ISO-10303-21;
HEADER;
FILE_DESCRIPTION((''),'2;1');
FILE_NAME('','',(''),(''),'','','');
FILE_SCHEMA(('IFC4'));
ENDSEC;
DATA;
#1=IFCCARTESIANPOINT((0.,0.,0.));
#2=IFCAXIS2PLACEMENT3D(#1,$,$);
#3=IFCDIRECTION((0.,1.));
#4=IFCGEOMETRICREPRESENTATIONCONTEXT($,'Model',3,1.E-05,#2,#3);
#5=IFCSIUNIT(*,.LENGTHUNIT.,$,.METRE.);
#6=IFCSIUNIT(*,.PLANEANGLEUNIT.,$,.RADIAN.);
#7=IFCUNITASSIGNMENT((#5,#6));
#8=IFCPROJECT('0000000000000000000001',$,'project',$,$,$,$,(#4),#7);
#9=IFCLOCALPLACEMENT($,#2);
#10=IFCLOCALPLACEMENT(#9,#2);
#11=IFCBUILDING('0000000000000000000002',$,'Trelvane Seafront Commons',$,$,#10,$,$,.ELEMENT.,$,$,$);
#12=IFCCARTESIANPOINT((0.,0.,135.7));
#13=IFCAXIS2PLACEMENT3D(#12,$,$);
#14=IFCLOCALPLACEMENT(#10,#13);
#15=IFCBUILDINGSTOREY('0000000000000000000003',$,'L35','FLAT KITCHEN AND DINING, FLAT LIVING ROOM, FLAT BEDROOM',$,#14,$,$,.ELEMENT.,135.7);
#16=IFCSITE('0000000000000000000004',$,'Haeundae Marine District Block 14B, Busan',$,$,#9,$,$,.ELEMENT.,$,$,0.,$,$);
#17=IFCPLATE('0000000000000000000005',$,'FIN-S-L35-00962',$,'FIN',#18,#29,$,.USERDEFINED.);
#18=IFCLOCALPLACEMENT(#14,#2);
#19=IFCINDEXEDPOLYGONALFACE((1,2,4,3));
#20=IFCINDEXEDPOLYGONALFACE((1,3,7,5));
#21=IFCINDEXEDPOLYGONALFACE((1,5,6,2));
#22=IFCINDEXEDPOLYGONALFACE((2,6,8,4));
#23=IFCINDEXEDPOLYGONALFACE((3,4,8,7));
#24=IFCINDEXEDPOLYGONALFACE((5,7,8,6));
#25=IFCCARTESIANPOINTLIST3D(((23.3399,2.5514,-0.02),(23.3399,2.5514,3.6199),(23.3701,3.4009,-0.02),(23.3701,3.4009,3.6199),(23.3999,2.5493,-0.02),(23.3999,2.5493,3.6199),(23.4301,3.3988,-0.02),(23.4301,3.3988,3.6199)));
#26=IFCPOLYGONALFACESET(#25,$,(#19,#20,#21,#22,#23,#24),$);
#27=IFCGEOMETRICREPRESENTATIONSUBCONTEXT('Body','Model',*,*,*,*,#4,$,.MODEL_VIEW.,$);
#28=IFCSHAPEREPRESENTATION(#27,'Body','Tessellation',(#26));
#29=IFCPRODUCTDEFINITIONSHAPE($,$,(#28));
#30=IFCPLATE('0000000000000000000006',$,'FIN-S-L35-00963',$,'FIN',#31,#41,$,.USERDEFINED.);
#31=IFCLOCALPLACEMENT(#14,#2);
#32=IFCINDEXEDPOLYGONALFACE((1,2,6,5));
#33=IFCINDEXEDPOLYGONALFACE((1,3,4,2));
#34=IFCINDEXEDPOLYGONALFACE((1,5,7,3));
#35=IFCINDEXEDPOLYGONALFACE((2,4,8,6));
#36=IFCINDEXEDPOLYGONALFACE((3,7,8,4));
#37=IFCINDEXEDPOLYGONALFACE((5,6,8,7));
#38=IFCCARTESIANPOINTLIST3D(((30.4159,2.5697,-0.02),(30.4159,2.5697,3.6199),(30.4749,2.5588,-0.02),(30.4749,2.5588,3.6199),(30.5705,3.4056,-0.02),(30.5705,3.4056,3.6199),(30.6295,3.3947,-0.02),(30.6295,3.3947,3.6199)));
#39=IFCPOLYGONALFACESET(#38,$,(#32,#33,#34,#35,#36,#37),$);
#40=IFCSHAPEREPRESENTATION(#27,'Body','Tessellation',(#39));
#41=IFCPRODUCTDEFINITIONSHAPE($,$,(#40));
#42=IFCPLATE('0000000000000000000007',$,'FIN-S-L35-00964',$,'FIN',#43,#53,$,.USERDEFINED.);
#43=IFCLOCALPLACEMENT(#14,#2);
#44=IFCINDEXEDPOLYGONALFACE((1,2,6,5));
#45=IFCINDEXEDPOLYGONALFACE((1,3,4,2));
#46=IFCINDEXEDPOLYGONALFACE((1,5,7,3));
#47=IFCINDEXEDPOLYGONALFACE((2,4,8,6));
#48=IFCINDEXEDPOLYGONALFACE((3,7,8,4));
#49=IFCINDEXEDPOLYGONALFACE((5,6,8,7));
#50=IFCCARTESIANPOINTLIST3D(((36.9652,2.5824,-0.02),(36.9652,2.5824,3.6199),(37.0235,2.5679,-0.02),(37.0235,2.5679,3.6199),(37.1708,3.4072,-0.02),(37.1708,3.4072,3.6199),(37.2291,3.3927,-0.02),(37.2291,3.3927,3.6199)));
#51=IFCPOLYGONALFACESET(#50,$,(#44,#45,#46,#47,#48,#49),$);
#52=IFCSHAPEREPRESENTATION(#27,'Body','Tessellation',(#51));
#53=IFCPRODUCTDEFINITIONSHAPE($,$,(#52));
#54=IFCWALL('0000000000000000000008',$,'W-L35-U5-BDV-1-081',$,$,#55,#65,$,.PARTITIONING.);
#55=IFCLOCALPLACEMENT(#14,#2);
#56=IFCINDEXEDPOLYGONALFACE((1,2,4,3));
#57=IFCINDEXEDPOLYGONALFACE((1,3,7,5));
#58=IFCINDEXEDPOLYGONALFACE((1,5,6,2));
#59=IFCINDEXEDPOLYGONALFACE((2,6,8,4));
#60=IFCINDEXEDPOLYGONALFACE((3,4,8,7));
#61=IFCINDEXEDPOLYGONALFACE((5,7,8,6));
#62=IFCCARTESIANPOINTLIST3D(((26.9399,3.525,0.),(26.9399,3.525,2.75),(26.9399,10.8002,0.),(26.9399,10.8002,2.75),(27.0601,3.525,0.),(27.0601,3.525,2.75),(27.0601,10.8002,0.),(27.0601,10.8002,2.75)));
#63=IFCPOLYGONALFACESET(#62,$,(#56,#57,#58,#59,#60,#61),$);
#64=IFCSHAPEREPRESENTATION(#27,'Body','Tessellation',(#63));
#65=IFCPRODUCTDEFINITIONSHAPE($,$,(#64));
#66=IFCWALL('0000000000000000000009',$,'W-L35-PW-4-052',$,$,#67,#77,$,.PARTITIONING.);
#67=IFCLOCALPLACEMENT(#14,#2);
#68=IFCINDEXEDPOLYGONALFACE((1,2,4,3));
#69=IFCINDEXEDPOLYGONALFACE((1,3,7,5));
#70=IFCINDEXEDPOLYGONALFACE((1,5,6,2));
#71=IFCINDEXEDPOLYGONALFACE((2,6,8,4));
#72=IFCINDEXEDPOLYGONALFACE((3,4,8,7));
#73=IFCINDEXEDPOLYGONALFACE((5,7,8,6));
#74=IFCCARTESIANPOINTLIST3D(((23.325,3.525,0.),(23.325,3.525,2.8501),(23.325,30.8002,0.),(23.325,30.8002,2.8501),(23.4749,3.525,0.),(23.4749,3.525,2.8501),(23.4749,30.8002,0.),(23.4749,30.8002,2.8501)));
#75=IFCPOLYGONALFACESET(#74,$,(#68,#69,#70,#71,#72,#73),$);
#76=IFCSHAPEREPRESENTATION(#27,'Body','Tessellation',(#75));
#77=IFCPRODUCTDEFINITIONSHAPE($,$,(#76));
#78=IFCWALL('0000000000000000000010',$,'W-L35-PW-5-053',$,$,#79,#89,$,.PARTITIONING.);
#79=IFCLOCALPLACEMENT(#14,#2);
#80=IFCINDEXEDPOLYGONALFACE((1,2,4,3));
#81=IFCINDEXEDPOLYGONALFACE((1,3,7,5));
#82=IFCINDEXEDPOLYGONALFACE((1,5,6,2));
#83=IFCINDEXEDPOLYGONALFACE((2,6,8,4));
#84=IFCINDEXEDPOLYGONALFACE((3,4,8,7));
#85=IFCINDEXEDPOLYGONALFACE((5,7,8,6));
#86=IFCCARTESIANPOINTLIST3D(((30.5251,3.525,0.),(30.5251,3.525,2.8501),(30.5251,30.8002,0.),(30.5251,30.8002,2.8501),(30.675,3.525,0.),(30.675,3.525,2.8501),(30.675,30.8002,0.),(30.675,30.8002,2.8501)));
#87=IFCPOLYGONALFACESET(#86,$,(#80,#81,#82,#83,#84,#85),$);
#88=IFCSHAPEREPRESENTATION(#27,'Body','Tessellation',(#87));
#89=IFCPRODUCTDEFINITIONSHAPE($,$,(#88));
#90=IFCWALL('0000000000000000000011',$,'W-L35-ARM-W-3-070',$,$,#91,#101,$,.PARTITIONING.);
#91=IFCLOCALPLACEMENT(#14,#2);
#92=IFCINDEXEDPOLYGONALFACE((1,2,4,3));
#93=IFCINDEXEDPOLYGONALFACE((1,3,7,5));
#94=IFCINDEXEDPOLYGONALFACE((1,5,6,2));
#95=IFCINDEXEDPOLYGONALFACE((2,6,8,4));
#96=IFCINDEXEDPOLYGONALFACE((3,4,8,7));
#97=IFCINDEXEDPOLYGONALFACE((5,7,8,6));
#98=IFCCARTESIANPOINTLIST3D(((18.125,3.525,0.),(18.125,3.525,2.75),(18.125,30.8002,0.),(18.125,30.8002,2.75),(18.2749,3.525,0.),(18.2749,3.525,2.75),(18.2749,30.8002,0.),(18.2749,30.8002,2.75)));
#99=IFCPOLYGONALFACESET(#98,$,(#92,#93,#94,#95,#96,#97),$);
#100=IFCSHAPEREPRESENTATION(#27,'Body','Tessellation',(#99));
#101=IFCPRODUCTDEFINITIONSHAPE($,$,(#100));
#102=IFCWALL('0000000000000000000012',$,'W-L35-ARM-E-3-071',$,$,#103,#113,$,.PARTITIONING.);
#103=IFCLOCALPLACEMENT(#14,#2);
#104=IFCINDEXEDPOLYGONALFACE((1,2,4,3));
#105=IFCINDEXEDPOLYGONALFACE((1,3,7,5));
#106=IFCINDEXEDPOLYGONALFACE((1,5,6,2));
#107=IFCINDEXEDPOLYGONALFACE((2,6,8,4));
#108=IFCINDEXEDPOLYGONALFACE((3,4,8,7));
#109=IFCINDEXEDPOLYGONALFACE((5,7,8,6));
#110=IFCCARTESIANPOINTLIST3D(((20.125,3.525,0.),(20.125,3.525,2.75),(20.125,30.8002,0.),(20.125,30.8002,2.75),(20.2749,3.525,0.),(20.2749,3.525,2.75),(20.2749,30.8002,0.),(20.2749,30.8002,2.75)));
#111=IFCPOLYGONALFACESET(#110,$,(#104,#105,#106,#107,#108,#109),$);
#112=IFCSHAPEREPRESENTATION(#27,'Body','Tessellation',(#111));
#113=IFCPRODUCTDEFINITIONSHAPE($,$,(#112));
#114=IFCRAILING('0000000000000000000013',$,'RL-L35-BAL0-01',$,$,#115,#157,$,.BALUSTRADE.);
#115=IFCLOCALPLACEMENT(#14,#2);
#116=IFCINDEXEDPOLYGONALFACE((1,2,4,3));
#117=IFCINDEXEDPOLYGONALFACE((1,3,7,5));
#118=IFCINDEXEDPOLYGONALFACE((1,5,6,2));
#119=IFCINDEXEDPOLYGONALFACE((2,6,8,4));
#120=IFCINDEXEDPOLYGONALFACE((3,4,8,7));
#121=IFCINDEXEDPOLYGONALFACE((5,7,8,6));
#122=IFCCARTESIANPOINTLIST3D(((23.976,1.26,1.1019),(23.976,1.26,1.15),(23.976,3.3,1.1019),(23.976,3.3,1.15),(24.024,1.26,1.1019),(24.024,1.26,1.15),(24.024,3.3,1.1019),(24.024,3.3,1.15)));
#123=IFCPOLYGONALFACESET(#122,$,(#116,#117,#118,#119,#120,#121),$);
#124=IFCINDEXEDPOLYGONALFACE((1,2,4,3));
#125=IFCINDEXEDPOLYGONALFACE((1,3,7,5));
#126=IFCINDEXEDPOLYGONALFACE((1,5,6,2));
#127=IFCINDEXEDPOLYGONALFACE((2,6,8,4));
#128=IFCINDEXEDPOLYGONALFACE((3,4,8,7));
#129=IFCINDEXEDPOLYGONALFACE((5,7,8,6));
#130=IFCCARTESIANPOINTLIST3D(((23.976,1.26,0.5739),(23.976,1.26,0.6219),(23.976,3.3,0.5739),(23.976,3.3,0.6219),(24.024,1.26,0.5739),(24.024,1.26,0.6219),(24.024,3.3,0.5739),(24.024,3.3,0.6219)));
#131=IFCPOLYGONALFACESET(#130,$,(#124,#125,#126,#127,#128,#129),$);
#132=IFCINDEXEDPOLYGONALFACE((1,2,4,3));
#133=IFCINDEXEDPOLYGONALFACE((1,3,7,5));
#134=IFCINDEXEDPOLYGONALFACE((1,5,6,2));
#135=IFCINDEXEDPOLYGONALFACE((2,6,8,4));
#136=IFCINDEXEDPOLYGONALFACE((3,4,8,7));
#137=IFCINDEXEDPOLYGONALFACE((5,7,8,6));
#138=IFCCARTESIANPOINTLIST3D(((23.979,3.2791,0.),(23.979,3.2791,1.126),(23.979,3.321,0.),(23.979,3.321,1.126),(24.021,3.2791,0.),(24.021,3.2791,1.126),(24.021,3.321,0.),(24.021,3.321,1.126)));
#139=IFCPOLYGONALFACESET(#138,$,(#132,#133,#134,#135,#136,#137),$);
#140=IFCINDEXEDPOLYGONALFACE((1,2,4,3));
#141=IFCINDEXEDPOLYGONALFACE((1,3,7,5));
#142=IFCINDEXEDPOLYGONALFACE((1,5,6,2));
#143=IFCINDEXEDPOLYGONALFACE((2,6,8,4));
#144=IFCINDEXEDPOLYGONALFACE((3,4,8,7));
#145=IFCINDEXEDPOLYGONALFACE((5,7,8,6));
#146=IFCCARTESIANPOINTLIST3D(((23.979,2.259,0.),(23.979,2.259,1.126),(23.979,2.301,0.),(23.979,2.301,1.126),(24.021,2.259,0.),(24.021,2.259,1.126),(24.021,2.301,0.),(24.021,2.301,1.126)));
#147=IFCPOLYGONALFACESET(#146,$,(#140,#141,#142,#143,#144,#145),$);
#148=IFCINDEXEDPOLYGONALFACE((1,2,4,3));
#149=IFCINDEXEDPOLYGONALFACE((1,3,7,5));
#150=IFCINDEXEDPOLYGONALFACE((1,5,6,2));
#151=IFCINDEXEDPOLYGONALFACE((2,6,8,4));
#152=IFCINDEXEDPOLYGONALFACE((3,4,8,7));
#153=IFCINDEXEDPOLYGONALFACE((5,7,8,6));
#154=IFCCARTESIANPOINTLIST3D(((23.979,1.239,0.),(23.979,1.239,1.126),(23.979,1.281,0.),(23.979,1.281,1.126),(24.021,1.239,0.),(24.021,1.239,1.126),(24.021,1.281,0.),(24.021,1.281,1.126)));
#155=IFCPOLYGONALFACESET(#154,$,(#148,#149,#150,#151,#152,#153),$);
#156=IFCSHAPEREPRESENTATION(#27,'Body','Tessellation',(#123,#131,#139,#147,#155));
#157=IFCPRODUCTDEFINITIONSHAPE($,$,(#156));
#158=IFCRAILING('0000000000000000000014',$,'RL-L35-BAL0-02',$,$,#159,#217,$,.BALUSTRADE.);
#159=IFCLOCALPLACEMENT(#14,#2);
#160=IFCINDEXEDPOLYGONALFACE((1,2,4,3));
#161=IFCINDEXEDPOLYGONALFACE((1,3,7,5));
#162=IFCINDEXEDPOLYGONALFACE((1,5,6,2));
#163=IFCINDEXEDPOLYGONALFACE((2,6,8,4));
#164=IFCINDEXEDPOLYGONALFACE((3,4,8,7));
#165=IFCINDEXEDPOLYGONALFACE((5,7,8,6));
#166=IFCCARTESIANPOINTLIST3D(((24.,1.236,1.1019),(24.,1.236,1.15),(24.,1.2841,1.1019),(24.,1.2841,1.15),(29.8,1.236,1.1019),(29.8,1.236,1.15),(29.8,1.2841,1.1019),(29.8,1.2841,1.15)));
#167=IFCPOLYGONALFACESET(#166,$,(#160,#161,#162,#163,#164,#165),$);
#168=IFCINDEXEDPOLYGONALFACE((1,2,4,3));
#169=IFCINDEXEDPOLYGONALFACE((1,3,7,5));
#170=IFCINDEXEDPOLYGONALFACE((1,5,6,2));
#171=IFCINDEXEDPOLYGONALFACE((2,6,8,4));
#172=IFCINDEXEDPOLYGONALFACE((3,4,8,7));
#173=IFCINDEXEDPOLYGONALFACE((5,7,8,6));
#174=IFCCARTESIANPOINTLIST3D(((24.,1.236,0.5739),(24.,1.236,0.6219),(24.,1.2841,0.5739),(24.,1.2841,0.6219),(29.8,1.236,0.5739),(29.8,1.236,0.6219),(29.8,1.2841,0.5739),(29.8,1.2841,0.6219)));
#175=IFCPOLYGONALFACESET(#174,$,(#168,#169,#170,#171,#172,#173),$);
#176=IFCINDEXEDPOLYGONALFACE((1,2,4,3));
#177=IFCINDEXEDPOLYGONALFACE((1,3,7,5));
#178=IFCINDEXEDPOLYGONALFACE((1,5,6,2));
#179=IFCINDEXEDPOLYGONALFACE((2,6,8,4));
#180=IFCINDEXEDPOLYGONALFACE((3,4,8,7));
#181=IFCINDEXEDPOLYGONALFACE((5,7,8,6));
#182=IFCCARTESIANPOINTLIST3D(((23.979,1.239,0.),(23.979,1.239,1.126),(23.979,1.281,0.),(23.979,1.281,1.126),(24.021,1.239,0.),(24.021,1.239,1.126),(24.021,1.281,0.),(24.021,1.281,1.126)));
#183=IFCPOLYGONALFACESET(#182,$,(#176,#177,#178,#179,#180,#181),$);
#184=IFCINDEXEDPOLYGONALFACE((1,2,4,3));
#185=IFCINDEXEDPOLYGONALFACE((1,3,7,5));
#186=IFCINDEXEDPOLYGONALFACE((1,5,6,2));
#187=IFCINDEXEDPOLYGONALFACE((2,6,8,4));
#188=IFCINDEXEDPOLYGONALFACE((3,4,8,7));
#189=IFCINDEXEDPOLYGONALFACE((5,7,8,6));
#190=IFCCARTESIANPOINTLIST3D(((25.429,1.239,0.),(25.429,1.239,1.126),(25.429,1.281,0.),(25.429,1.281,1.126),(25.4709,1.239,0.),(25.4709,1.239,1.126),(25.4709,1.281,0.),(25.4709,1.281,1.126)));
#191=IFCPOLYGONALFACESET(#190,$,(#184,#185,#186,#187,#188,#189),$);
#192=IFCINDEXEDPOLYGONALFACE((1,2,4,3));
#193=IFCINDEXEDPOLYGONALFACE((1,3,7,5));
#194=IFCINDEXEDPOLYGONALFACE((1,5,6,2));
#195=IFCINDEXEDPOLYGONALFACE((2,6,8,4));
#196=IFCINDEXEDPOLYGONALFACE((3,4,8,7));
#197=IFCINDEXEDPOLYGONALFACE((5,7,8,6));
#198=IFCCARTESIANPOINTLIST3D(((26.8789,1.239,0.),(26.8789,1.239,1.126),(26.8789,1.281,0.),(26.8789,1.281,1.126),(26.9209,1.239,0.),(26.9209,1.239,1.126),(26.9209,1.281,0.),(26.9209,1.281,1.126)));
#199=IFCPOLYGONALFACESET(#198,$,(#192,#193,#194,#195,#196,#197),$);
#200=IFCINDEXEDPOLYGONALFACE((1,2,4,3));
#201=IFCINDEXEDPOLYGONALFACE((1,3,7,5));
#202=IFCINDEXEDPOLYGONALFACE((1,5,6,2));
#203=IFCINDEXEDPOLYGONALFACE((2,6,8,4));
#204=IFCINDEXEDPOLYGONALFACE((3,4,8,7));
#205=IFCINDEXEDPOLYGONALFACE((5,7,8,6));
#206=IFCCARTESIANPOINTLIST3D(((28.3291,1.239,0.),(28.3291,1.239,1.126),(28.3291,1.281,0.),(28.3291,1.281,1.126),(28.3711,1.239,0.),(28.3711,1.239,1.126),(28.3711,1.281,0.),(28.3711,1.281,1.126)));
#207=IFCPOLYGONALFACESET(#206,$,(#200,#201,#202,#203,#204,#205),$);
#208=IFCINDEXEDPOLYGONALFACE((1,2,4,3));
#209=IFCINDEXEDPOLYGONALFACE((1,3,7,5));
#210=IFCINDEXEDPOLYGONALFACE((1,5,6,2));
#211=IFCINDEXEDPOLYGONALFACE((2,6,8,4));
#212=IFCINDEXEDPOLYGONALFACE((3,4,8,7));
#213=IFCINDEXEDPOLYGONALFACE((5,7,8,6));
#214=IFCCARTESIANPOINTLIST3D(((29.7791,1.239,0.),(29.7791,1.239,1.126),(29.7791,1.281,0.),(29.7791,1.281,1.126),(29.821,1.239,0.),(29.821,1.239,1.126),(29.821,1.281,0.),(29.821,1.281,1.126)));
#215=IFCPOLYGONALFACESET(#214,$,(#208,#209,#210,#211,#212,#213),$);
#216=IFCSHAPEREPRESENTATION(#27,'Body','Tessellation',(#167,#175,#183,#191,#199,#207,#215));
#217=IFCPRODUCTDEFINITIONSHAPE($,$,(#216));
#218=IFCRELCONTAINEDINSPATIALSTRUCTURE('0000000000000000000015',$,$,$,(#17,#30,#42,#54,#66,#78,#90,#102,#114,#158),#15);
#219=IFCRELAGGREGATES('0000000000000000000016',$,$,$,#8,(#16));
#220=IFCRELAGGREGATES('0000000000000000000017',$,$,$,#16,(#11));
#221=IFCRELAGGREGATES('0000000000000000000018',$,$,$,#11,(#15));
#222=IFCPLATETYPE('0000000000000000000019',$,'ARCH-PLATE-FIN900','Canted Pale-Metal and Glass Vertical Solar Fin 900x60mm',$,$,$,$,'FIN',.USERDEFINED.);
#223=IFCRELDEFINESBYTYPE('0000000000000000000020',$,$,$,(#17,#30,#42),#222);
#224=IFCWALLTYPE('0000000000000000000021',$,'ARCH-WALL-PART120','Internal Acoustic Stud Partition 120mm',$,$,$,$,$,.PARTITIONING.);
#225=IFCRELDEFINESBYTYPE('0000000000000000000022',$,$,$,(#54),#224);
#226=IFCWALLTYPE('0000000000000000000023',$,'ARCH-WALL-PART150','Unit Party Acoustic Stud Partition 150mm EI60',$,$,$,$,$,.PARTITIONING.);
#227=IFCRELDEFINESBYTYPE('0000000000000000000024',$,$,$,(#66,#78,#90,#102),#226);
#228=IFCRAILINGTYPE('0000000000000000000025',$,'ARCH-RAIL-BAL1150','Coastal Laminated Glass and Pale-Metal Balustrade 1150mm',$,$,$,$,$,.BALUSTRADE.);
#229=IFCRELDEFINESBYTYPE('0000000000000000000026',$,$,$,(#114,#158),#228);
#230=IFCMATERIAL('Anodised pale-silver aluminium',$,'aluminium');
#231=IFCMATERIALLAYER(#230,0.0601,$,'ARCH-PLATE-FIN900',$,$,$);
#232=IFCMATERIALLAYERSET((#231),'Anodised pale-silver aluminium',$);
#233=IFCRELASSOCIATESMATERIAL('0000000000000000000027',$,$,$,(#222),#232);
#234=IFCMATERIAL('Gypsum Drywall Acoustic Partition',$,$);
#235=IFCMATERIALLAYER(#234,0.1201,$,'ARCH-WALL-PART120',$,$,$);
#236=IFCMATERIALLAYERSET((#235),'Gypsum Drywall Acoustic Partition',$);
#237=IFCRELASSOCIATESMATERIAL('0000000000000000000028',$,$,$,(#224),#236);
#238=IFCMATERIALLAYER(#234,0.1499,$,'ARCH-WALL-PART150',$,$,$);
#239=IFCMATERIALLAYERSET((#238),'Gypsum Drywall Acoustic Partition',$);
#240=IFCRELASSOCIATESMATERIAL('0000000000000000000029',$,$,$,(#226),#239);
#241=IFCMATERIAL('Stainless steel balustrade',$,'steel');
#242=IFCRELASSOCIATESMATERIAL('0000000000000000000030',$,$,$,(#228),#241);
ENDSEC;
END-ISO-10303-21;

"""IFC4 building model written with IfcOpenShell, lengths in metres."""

from ifc_helpers import new_model, si_unit, direction, frame, frame_2d, origin, origin_2d, place, context, subcontext, project, spatial, rectangle, extrude, source, transform, mapped, material, layer, layer_set, type_object, element, save


model = new_model("IFC4")

# Units and contexts
model_context = context("Model", 3, precision=1e-05, world=origin(), true_north=direction((0.0, 1.0)))
body_context = subcontext(model_context, "Body", "Model", "MODEL_VIEW")
ifc_project = project(units=[si_unit("LENGTHUNIT", "METRE"), si_unit("PLANEANGLEUNIT", "RADIAN")], contexts=[model_context])

# Site, building, storey
site_placement = place(None, origin())
site = spatial("IfcSite", under=ifc_project, at=site_placement, Name="Haeundae Marine District Block 14B, Busan", CompositionType="ELEMENT", RefElevation=0.0)
building_placement = place(site_placement, origin())
building = spatial("IfcBuilding", under=site, at=building_placement, Name="Trelvane Seafront Commons", CompositionType="ELEMENT")
storey_placement = place(building_placement, frame((0.0, 0.0, 135.7)))
storey = spatial("IfcBuildingStorey", under=building, at=storey_placement, Name="L35", Description="FLAT KITCHEN AND DINING, FLAT LIVING ROOM, FLAT BEDROOM", CompositionType="ELEMENT", Elevation=135.7)

# Plates
ifc_material_1 = material(Name="Anodised pale-silver aluminium", Category="aluminium")
ifc_layer_1 = layer(ifc_material_1, 0.0601, Name="ARCH-PLATE-FIN900")
ifc_layer_set_1 = layer_set([ifc_layer_1], Name="Anodised pale-silver aluminium")
plate_type_1 = type_object("IfcPlateType", Name="ARCH-PLATE-FIN900", Description="Canted Pale-Metal and Glass Vertical Solar Fin 900x60mm", ElementType="FIN", PredefinedType="USERDEFINED", material=ifc_layer_set_1)
shared_shape_1 = source(origin(), body_context, "Body", "SweptSolid", [
    extrude(rectangle(XDim=0.8501, YDim=0.0601, at=origin_2d()), origin(), (0.0, 0.0, 1.0), 3.6399),
])
for number, where, z_axis, x_axis, name in (
    (1, (23.385, 2.9751, -0.02), (0.0, 0.0, 1.0), (-0.035527, -0.999369, 0.0), "FIN-S-L35-00962"),
    (2, (30.5227, 2.9822, -0.02), (0.0, 0.0, 1.0), (-0.181887, -0.983319, 0.0), "FIN-S-L35-00963"),
    (3, (37.0972, 2.9875, -0.02), (0.0, 0.0, 1.0), (-0.241871, -0.970308, 0.0), "FIN-S-L35-00964"),
):
    element("IfcPlate", number, at=place(storey_placement, frame(where, z_axis=z_axis, x_axis=x_axis)), inside=storey, type_object=plate_type_1, Name=name, ObjectType="FIN", PredefinedType="USERDEFINED", context=body_context, shape_type="MappedRepresentation", body=[
        mapped(shared_shape_1, transform((0.0, 0.0, 0.0), x_axis=(1.0, 0.0, 0.0), y_axis=(0.0, 1.0, 0.0), z_axis=(0.0, 0.0, 1.0), scale=1.0)),
    ])

# Shared definitions
ifc_material_2 = material(Name="Gypsum Drywall Acoustic Partition")
ifc_layer_2 = layer(ifc_material_2, 0.1201, Name="ARCH-WALL-PART120")
ifc_layer_set_2 = layer_set([ifc_layer_2], Name="Gypsum Drywall Acoustic Partition")
wall_type_1 = type_object("IfcWallType", Name="ARCH-WALL-PART120", Description="Internal Acoustic Stud Partition 120mm", PredefinedType="PARTITIONING", material=ifc_layer_set_2)

# Walls
wall_1_placement = place(storey_placement, frame((27.0, 3.5249, 0.0), z_axis=(0.0, 0.0, 1.0), x_axis=(0.0, 1.0, 0.0)))
element("IfcWall", 4, at=wall_1_placement, inside=storey, type_object=wall_type_1, Name="W-L35-U5-BDV-1-081", PredefinedType="PARTITIONING", context=body_context, shape_type="SweptSolid", body=[
    extrude(rectangle(XDim=7.2751, YDim=0.1201, at=frame_2d((3.6377, 0.0))), origin(), (0.0, 0.0, 1.0), 2.75),
])
ifc_layer_3 = layer(ifc_material_2, 0.1499, Name="ARCH-WALL-PART150")
ifc_layer_set_3 = layer_set([ifc_layer_3], Name="Gypsum Drywall Acoustic Partition")
wall_type_2 = type_object("IfcWallType", Name="ARCH-WALL-PART150", Description="Unit Party Acoustic Stud Partition 150mm EI60", PredefinedType="PARTITIONING", material=ifc_layer_set_3)
for number, where, z_axis, x_axis, name in (
    (5, (23.3999, 3.5249, 0.0), (0.0, 0.0, 1.0), (0.0, 1.0, 0.0), "W-L35-PW-4-052"),
    (6, (30.6001, 3.5249, 0.0), (0.0, 0.0, 1.0), (0.0, 1.0, 0.0), "W-L35-PW-5-053"),
):
    element("IfcWall", number, at=place(storey_placement, frame(where, z_axis=z_axis, x_axis=x_axis)), inside=storey, type_object=wall_type_2, Name=name, PredefinedType="PARTITIONING", context=body_context, shape_type="SweptSolid", body=[
        extrude(rectangle(XDim=27.2751, YDim=0.1499, at=frame_2d((13.6377, 0.0))), origin(), (0.0, 0.0, 1.0), 2.8501),
    ])
for number, where, z_axis, x_axis, name in (
    (7, (18.2, 3.5249, 0.0), (0.0, 0.0, 1.0), (0.0, 1.0, 0.0), "W-L35-ARM-W-3-070"),
    (8, (20.2, 3.5249, 0.0), (0.0, 0.0, 1.0), (0.0, 1.0, 0.0), "W-L35-ARM-E-3-071"),
):
    element("IfcWall", number, at=place(storey_placement, frame(where, z_axis=z_axis, x_axis=x_axis)), inside=storey, type_object=wall_type_2, Name=name, PredefinedType="PARTITIONING", context=body_context, shape_type="SweptSolid", body=[
        extrude(rectangle(XDim=27.2751, YDim=0.1499, at=frame_2d((13.6377, 0.0))), origin(), (0.0, 0.0, 1.0), 2.75),
    ])

# Railings
ifc_material_3 = material(Name="Stainless steel balustrade", Category="steel")
railing_type = type_object("IfcRailingType", Name="ARCH-RAIL-BAL1150", Description="Coastal Laminated Glass and Pale-Metal Balustrade 1150mm", PredefinedType="BALUSTRADE", material=ifc_material_3)
railing_1_placement = place(storey_placement, frame((24.0, 3.3, 0.0)))
element("IfcRailing", 9, at=railing_1_placement, inside=storey, type_object=railing_type, Name="RL-L35-BAL0-01", PredefinedType="BALUSTRADE", context=body_context, shape_type="SweptSolid", body=[
    extrude(rectangle(XDim=0.0481, YDim=0.0481, at=origin_2d()), frame((0.0, 0.0, 1.126), z_axis=(0.0, -1.0, 0.0), x_axis=(1.0, 0.0, 0.0)), (0.0, 0.0, 1.0), 2.04),
    extrude(rectangle(XDim=0.0481, YDim=0.0481, at=origin_2d()), frame((0.0, 0.0, 0.5979), z_axis=(0.0, -1.0, 0.0), x_axis=(1.0, 0.0, 0.0)), (0.0, 0.0, 1.0), 2.04),
    extrude(rectangle(XDim=0.042, YDim=0.042, at=origin_2d()), origin(), (0.0, 0.0, 1.0), 1.126),
    extrude(rectangle(XDim=0.042, YDim=0.042, at=origin_2d()), frame((0.0, -1.02, 0.0)), (0.0, 0.0, 1.0), 1.126),
    extrude(rectangle(XDim=0.042, YDim=0.042, at=origin_2d()), frame((0.0, -2.04, 0.0)), (0.0, 0.0, 1.0), 1.126),
])
railing_2_placement = place(storey_placement, frame((24.0, 1.26, 0.0)))
element("IfcRailing", 10, at=railing_2_placement, inside=storey, type_object=railing_type, Name="RL-L35-BAL0-02", PredefinedType="BALUSTRADE", context=body_context, shape_type="SweptSolid", body=[
    extrude(rectangle(XDim=0.0481, YDim=0.0481, at=origin_2d()), frame((0.0, 0.0, 1.126), z_axis=(1.0, 0.0, 0.0), x_axis=(0.0, 1.0, 0.0)), (0.0, 0.0, 1.0), 5.8),
    extrude(rectangle(XDim=0.0481, YDim=0.0481, at=origin_2d()), frame((0.0, 0.0, 0.5979), z_axis=(1.0, 0.0, 0.0), x_axis=(0.0, 1.0, 0.0)), (0.0, 0.0, 1.0), 5.8),
    extrude(rectangle(XDim=0.042, YDim=0.042, at=origin_2d()), origin(), (0.0, 0.0, 1.0), 1.126),
    extrude(rectangle(XDim=0.042, YDim=0.042, at=origin_2d()), frame((1.45, 0.0, 0.0)), (0.0, 0.0, 1.0), 1.126),
    extrude(rectangle(XDim=0.042, YDim=0.042, at=origin_2d()), frame((2.8999, 0.0, 0.0)), (0.0, 0.0, 1.0), 1.126),
    extrude(rectangle(XDim=0.042, YDim=0.042, at=origin_2d()), frame((4.3501, 0.0, 0.0)), (0.0, 0.0, 1.0), 1.126),
    extrude(rectangle(XDim=0.042, YDim=0.042, at=origin_2d()), frame((5.8, 0.0, 0.0)), (0.0, 0.0, 1.0), 1.126),
])

save(model, "model.ifc")
